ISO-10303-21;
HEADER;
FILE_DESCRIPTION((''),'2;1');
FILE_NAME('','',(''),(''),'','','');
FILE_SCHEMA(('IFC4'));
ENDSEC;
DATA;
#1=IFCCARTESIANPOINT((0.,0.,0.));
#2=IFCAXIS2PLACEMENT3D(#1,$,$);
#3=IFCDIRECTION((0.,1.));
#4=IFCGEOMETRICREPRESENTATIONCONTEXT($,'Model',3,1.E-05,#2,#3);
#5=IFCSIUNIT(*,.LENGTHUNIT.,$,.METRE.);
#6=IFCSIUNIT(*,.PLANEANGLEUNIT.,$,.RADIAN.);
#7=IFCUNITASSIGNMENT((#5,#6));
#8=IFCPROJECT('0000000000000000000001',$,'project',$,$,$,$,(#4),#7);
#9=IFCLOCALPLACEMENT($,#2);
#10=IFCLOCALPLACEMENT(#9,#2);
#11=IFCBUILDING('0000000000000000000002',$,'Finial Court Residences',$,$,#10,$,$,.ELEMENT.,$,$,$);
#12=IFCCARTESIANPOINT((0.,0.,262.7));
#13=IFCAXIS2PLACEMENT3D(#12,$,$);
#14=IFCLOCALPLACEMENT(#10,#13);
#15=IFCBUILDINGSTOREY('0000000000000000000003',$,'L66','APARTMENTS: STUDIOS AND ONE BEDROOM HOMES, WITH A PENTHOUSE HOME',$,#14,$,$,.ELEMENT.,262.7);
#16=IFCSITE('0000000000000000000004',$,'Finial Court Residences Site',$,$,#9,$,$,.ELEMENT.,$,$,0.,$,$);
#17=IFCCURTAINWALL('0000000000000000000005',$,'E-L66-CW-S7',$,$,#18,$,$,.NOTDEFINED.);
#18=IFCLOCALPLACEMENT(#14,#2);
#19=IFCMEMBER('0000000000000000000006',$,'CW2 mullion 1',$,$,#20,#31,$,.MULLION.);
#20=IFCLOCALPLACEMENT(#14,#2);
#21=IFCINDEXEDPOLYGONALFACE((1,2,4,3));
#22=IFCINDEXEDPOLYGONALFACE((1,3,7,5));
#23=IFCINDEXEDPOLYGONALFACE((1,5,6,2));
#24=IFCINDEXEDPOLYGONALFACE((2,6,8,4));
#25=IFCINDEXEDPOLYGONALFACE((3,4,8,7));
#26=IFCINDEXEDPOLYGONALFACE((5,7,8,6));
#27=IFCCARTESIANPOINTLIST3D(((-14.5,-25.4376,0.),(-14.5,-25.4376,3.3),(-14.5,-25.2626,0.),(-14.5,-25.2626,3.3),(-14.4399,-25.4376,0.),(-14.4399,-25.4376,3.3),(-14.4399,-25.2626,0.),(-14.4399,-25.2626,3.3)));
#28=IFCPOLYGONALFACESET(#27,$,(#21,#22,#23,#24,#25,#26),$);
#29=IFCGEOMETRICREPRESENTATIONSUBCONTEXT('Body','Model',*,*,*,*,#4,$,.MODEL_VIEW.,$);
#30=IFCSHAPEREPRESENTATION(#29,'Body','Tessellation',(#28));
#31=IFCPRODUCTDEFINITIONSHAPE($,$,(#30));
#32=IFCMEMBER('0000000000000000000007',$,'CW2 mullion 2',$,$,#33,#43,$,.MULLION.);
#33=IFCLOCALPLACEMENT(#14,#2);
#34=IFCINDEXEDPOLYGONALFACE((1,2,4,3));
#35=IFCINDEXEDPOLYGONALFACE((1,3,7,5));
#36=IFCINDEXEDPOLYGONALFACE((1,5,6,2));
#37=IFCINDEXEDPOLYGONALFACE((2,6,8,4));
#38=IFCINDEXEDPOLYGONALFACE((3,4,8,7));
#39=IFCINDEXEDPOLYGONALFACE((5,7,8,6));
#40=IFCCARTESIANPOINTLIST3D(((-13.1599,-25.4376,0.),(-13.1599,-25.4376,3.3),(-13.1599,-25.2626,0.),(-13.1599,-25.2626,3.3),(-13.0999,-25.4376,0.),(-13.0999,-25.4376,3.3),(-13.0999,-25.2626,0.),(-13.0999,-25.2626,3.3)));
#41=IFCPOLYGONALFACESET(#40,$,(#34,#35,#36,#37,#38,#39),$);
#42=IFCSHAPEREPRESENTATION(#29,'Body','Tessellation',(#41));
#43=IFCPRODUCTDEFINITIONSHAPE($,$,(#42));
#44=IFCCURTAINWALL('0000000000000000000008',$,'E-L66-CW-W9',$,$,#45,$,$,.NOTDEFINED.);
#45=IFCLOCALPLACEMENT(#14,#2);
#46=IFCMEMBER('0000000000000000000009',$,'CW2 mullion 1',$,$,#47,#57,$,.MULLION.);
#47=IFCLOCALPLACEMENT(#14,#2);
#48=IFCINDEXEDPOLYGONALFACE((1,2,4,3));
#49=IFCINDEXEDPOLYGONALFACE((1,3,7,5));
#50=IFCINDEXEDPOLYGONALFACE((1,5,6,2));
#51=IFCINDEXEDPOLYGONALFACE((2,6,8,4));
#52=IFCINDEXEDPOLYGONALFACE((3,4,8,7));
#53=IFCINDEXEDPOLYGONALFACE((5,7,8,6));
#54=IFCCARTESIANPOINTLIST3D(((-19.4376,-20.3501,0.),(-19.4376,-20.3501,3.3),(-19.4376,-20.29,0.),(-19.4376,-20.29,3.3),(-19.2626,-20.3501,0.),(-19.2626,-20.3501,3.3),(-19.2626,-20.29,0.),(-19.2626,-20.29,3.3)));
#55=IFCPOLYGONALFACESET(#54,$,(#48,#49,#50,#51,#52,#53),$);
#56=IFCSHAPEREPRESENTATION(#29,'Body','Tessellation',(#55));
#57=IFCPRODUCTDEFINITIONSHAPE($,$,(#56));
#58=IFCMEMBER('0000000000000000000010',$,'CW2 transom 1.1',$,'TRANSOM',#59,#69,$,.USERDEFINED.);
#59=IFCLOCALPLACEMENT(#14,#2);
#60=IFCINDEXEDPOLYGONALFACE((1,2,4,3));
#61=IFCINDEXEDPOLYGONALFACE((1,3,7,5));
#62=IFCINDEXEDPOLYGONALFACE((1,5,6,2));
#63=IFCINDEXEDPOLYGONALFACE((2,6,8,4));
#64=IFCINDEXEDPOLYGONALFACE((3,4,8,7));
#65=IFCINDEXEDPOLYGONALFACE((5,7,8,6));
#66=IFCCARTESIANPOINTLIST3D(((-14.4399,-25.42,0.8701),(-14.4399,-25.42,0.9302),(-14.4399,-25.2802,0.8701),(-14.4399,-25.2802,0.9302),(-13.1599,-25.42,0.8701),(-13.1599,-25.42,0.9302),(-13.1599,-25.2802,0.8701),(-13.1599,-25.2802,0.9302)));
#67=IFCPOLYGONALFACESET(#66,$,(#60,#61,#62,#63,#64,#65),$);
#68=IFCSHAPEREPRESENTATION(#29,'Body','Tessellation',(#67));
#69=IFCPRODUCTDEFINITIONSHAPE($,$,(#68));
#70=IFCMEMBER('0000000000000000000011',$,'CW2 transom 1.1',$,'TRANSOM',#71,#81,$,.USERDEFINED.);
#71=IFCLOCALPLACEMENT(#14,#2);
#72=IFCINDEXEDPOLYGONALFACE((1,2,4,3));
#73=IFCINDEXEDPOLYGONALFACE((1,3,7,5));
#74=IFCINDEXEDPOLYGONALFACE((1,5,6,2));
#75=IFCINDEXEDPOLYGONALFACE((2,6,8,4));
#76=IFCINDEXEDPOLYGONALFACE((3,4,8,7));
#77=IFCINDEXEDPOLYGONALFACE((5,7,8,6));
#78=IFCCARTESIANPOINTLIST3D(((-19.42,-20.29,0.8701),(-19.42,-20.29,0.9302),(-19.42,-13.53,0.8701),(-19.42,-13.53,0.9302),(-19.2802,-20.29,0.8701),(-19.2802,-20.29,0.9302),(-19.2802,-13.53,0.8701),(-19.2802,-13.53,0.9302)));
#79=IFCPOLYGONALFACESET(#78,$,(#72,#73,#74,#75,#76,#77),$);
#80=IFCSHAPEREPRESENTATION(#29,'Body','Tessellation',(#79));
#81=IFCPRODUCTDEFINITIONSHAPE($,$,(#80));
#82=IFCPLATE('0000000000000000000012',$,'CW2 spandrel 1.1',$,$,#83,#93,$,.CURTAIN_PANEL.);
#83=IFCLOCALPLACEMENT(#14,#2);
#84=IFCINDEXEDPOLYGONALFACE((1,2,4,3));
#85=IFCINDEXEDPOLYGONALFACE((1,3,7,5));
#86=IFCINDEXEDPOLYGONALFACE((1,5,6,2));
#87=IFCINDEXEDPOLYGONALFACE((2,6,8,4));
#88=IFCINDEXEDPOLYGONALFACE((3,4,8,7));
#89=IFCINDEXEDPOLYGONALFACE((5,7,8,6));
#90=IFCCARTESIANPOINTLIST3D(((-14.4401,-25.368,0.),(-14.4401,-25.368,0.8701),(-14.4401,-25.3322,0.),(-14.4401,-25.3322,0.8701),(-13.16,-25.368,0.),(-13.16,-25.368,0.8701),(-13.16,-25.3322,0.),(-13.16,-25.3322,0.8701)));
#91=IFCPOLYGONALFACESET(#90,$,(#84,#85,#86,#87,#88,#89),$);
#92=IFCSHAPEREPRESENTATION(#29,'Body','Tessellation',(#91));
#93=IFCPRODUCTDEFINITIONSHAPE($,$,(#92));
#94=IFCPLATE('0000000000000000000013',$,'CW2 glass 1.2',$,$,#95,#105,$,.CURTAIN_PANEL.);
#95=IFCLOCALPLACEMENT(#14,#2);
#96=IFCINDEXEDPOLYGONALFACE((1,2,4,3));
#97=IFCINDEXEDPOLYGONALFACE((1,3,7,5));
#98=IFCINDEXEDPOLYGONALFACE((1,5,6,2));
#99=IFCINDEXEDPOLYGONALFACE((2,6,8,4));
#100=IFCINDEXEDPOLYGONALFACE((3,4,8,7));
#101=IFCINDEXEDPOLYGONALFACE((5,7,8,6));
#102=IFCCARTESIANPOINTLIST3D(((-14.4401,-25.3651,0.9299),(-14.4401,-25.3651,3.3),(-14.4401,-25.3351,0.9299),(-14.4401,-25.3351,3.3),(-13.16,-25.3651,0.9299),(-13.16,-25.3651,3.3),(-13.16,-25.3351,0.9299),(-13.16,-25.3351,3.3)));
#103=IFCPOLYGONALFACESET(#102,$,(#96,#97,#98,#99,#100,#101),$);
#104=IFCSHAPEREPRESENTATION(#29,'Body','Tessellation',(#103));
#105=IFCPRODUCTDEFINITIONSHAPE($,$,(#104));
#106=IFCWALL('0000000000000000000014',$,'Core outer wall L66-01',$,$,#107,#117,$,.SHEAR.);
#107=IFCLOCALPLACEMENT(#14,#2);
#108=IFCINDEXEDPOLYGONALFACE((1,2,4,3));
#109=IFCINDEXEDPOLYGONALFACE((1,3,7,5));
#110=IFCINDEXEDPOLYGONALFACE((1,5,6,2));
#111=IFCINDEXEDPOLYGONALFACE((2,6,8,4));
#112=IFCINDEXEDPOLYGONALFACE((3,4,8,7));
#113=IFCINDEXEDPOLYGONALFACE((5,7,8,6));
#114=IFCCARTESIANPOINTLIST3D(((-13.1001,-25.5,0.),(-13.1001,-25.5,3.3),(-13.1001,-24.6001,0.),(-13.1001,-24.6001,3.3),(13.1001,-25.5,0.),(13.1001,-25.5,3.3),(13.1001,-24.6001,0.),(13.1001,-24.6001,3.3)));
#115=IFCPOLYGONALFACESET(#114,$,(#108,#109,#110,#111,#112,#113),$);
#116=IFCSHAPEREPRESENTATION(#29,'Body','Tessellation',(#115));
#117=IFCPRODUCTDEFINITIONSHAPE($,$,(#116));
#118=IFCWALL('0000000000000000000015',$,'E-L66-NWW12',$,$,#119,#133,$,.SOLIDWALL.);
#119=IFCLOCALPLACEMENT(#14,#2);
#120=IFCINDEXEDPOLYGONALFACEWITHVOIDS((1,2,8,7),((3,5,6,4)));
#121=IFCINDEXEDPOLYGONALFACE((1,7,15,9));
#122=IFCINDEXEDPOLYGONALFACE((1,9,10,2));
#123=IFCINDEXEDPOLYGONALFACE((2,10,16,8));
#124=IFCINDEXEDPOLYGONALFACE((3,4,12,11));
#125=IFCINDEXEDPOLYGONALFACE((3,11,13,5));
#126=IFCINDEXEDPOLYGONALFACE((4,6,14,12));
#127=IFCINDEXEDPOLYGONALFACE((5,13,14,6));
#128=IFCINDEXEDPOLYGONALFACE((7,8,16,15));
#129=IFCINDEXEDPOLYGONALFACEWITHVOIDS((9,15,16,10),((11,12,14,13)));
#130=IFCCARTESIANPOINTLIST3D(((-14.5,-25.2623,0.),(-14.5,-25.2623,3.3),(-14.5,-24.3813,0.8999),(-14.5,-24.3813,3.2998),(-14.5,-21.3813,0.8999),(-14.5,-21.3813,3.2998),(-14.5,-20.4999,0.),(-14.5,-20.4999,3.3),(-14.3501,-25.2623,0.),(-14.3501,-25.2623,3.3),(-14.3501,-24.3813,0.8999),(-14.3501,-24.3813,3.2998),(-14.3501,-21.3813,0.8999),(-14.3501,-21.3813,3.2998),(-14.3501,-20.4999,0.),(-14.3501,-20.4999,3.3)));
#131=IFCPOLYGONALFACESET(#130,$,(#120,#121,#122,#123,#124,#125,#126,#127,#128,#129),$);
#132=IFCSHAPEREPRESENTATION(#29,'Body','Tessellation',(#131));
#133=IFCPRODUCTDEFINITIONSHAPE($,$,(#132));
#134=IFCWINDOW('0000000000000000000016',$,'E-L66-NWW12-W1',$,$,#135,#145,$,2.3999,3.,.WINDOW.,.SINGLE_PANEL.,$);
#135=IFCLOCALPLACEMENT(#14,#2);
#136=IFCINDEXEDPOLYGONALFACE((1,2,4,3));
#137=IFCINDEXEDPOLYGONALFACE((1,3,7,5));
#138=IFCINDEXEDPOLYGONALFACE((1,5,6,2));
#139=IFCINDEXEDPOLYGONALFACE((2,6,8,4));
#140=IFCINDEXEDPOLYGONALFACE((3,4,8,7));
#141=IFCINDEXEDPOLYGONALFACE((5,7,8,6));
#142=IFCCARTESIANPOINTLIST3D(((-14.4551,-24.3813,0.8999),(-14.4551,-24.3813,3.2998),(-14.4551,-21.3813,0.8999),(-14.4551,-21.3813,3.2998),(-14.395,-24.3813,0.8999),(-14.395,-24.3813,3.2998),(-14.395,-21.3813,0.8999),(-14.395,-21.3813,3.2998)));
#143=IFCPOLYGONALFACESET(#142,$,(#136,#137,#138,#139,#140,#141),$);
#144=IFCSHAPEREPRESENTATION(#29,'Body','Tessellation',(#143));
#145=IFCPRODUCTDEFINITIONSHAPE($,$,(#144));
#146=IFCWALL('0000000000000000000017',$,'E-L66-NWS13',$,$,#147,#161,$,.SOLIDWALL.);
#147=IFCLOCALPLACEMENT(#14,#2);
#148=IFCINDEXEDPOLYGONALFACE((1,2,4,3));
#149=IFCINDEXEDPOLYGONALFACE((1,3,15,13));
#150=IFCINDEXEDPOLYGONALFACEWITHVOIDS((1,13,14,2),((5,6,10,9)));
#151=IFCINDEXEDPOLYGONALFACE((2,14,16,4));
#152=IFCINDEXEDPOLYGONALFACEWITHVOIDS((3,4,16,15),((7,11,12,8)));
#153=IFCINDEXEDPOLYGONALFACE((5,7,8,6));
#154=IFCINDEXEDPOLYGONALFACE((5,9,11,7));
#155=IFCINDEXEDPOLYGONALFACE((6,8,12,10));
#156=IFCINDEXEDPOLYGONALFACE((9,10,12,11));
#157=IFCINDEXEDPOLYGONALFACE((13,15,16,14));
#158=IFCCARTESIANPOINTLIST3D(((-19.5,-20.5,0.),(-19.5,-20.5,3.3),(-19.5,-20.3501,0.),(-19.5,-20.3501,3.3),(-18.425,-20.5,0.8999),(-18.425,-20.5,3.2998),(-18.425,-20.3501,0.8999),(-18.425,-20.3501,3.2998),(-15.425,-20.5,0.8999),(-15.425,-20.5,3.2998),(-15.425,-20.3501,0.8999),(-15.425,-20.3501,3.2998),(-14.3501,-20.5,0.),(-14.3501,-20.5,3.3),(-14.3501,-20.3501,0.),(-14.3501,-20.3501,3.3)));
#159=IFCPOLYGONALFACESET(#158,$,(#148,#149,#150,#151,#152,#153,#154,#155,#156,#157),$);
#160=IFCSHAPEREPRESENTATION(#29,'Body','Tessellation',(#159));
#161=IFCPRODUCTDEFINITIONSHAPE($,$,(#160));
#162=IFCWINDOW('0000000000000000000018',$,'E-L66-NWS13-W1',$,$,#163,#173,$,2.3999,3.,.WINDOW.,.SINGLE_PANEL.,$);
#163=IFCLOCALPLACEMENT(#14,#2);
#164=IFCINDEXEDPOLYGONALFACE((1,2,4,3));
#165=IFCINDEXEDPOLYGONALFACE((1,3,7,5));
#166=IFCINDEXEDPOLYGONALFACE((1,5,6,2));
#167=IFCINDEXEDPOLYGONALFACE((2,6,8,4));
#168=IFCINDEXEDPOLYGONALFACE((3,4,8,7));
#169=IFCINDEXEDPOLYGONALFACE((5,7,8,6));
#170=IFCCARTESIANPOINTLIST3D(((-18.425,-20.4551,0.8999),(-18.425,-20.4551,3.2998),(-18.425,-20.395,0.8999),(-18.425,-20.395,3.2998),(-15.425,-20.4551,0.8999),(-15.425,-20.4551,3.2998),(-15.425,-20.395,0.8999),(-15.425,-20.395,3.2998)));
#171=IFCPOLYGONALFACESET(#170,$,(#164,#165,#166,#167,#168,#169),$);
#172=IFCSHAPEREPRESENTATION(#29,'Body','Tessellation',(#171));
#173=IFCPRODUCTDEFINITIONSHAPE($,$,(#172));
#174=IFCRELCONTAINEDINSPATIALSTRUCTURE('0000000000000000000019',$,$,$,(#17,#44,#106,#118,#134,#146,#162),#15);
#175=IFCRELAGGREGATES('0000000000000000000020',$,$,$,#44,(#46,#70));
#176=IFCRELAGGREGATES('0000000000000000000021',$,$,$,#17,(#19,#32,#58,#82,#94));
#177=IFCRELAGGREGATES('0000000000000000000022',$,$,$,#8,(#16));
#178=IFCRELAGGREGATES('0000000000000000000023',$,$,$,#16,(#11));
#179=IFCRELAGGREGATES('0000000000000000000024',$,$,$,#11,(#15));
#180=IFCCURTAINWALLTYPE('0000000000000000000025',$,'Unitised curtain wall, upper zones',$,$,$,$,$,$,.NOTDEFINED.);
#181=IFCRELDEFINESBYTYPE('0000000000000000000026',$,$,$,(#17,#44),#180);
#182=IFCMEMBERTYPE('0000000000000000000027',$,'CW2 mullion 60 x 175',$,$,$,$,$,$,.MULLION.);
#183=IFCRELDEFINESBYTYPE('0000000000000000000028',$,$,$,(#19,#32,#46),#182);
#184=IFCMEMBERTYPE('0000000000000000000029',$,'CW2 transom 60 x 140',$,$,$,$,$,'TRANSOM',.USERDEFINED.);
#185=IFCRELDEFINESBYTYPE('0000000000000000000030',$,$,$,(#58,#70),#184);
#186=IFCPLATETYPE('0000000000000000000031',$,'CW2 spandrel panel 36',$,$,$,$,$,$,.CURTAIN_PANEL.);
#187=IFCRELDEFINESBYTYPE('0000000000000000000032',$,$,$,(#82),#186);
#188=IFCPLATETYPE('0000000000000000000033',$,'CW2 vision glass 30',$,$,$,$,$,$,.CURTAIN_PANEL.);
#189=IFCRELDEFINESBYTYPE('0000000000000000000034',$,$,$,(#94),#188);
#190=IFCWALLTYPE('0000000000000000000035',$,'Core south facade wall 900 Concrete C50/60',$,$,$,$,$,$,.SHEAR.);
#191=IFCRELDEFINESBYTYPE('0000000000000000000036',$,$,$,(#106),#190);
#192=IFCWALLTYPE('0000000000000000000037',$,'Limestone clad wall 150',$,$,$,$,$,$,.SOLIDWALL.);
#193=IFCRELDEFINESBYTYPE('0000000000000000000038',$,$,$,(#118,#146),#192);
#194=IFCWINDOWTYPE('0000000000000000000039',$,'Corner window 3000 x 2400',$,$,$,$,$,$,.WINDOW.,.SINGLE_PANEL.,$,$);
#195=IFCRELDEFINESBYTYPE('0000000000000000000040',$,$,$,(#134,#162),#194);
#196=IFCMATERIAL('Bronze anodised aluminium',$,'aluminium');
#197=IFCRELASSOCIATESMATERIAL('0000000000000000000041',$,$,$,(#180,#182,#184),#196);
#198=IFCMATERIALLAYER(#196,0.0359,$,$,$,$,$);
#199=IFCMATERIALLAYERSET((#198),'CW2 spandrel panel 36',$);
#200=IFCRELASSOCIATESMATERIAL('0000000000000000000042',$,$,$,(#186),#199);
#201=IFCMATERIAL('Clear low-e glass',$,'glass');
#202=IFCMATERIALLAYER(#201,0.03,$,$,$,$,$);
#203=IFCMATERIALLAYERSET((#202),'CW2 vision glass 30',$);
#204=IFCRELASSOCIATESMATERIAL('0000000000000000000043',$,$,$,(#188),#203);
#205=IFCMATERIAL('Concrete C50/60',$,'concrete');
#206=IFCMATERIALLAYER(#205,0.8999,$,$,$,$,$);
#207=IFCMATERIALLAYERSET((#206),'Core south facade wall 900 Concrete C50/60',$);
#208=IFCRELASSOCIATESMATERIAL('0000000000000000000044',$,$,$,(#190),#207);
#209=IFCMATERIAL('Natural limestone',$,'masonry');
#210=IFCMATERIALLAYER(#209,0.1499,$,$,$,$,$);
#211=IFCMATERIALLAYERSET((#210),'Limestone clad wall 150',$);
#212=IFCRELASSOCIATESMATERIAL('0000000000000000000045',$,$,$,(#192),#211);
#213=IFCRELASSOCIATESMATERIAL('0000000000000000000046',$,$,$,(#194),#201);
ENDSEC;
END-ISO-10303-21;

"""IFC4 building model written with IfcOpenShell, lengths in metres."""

from ifc_helpers import new_model, si_unit, direction, frame, frame_2d, origin, origin_2d, place, context, subcontext, project, spatial, rectangle, extrude, material, layer, layer_set, material_profile, profile_set, type_object, element, fill, aggregate, save


model = new_model("IFC4")

# Units and contexts
model_context = context("Model", 3, precision=1e-05, world=origin(), true_north=direction((0.0, 1.0)))
body_context = subcontext(model_context, "Body", "Model", "MODEL_VIEW")
ifc_project = project(units=[si_unit("LENGTHUNIT", "METRE"), si_unit("PLANEANGLEUNIT", "RADIAN")], contexts=[model_context])

# Site, building, storey
site_placement = place(None, origin())
site = spatial("IfcSite", under=ifc_project, at=site_placement, Name="Finial Court Residences Site", CompositionType="ELEMENT", RefElevation=0.0)
building_placement = place(site_placement, origin())
building = spatial("IfcBuilding", under=site, at=building_placement, Name="Finial Court Residences", CompositionType="ELEMENT")
storey_placement = place(building_placement, frame((0.0, 0.0, 262.7)))
storey = spatial("IfcBuildingStorey", under=building, at=storey_placement, Name="L66", Description="APARTMENTS: STUDIOS AND ONE BEDROOM HOMES, WITH A PENTHOUSE HOME", CompositionType="ELEMENT", Elevation=262.7)

# Curtain wall, members
ifc_material_1 = material(Name="Bronze anodised aluminium", Category="aluminium")
curtain_wall_type = type_object("IfcCurtainWallType", Name="Unitised curtain wall, upper zones", PredefinedType="NOTDEFINED", material=ifc_material_1)
curtain_wall_1_placement = place(storey_placement, origin())
curtain_wall_1 = element("IfcCurtainWall", 1, at=curtain_wall_1_placement, inside=storey, type_object=curtain_wall_type, Name="E-L66-CW-S7", PredefinedType="NOTDEFINED")
ifc_material_profile_1 = material_profile(ifc_material_1, rectangle(XDim=0.175, YDim=0.0601, at=origin_2d()), Name="CW2 mullion 60 x 175")
ifc_profile_set_1 = profile_set([ifc_material_profile_1], Name="Bronze anodised aluminium")
member_type_1 = type_object("IfcMemberType", Name="CW2 mullion 60 x 175", PredefinedType="MULLION", material=ifc_profile_set_1)
member_1_placement = place(storey_placement, frame((-14.47, -25.3501, 0.0), z_axis=(0.0, 0.0, 1.0), x_axis=(0.0, 1.0, 0.0)))
member_1 = element("IfcMember", 2, at=member_1_placement, type_object=member_type_1, Name="CW2 mullion 1", PredefinedType="MULLION", context=body_context, shape_type="SweptSolid", body=[
    extrude(rectangle(XDim=0.175, YDim=0.0601, at=origin_2d()), origin(), (0.0, 0.0, 1.0), 3.3),
])
member_2_placement = place(storey_placement, frame((-13.1299, -25.3501, 0.0), z_axis=(0.0, 0.0, 1.0), x_axis=(0.0, 1.0, 0.0)))
member_2 = element("IfcMember", 3, at=member_2_placement, type_object=member_type_1, Name="CW2 mullion 2", PredefinedType="MULLION", context=body_context, shape_type="SweptSolid", body=[
    extrude(rectangle(XDim=0.175, YDim=0.0601, at=origin_2d()), origin(), (0.0, 0.0, 1.0), 3.3),
])

# Curtain wall, member
curtain_wall_2_placement = place(storey_placement, origin())
curtain_wall_2 = element("IfcCurtainWall", 4, at=curtain_wall_2_placement, inside=storey, type_object=curtain_wall_type, Name="E-L66-CW-W9", PredefinedType="NOTDEFINED")
member_3_placement = place(storey_placement, frame((-19.3501, -20.3201, 0.0), z_axis=(0.0, 0.0, 1.0), x_axis=(-1.0, 0.0, 0.0)))
member_3 = element("IfcMember", 5, at=member_3_placement, type_object=member_type_1, Name="CW2 mullion 1", PredefinedType="MULLION", context=body_context, shape_type="SweptSolid", body=[
    extrude(rectangle(XDim=0.175, YDim=0.0601, at=origin_2d()), origin(), (0.0, 0.0, 1.0), 3.3),
])

# Members
ifc_material_profile_2 = material_profile(ifc_material_1, rectangle(XDim=0.1399, YDim=0.0601, at=origin_2d()), Name="CW2 transom 60 x 140")
ifc_profile_set_2 = profile_set([ifc_material_profile_2], Name="Bronze anodised aluminium")
member_type_2 = type_object("IfcMemberType", Name="CW2 transom 60 x 140", ElementType="TRANSOM", PredefinedType="USERDEFINED", material=ifc_profile_set_2)
member_4_placement = place(storey_placement, frame((-14.4399, -25.3501, 0.9001), z_axis=(1.0, 0.0, 0.0), x_axis=(0.0, 1.0, 0.0)))
member_4 = element("IfcMember", 6, at=member_4_placement, type_object=member_type_2, Name="CW2 transom 1.1", ObjectType="TRANSOM", PredefinedType="USERDEFINED", context=body_context, shape_type="SweptSolid", body=[
    extrude(rectangle(XDim=0.1399, YDim=0.0601, at=origin_2d()), origin(), (0.0, 0.0, 1.0), 1.28),
])
member_5_placement = place(storey_placement, frame((-19.3501, -20.29, 0.9001), z_axis=(0.0, 1.0, 0.0), x_axis=(-1.0, 0.0, 0.0)))
member_5 = element("IfcMember", 7, at=member_5_placement, type_object=member_type_2, Name="CW2 transom 1.1", ObjectType="TRANSOM", PredefinedType="USERDEFINED", context=body_context, shape_type="SweptSolid", body=[
    extrude(rectangle(XDim=0.1399, YDim=0.0601, at=origin_2d()), origin(), (0.0, 0.0, 1.0), 6.76),
])
aggregate(curtain_wall_2, [member_3, member_5])

# Plates
ifc_layer_1 = layer(ifc_material_1, 0.0359)
ifc_layer_set_1 = layer_set([ifc_layer_1], Name="CW2 spandrel panel 36")
plate_type_1 = type_object("IfcPlateType", Name="CW2 spandrel panel 36", PredefinedType="CURTAIN_PANEL", material=ifc_layer_set_1)
plate_1_placement = place(storey_placement, frame((-13.8, -25.3501, 0.0), z_axis=(0.0, 0.0, 1.0), x_axis=(1.0, 0.0, 0.0)))
plate_1 = element("IfcPlate", 8, at=plate_1_placement, type_object=plate_type_1, Name="CW2 spandrel 1.1", PredefinedType="CURTAIN_PANEL", context=body_context, shape_type="SweptSolid", body=[
    extrude(rectangle(XDim=1.28, YDim=0.0359, at=origin_2d()), origin(), (0.0, 0.0, 1.0), 0.8701),
])
ifc_material_2 = material(Name="Clear low-e glass", Category="glass")
ifc_layer_2 = layer(ifc_material_2, 0.03)
ifc_layer_set_2 = layer_set([ifc_layer_2], Name="CW2 vision glass 30")
plate_type_2 = type_object("IfcPlateType", Name="CW2 vision glass 30", PredefinedType="CURTAIN_PANEL", material=ifc_layer_set_2)
plate_2_placement = place(storey_placement, frame((-13.8, -25.3501, 0.9299), z_axis=(0.0, 0.0, 1.0), x_axis=(1.0, 0.0, 0.0)))
plate_2 = element("IfcPlate", 9, at=plate_2_placement, type_object=plate_type_2, Name="CW2 glass 1.2", PredefinedType="CURTAIN_PANEL", context=body_context, shape_type="SweptSolid", body=[
    extrude(rectangle(XDim=1.28, YDim=0.03, at=origin_2d()), origin(), (0.0, 0.0, 1.0), 2.3701),
])
aggregate(curtain_wall_1, [member_1, member_2, member_4, plate_1, plate_2])

# Wall
ifc_material_3 = material(Name="Concrete C50/60", Category="concrete")
ifc_layer_3 = layer(ifc_material_3, 0.8999)
ifc_layer_set_3 = layer_set([ifc_layer_3], Name="Core south facade wall 900 Concrete C50/60")
wall_type_1 = type_object("IfcWallType", Name="Core south facade wall 900 Concrete C50/60", PredefinedType="SHEAR", material=ifc_layer_set_3)
wall_1_placement = place(storey_placement, frame((-13.1001, -25.05, 0.0), z_axis=(0.0, 0.0, 1.0), x_axis=(1.0, 0.0, 0.0)))
element("IfcWall", 10, at=wall_1_placement, inside=storey, type_object=wall_type_1, Name="Core outer wall L66-01", PredefinedType="SHEAR", context=body_context, shape_type="SweptSolid", body=[
    extrude(rectangle(XDim=26.2002, YDim=0.8999, at=frame_2d((13.1001, 0.0))), origin(), (0.0, 0.0, 1.0), 3.3),
])

# Walls, openings, windows
ifc_material_4 = material(Name="Natural limestone", Category="masonry")
ifc_layer_4 = layer(ifc_material_4, 0.1499)
ifc_layer_set_4 = layer_set([ifc_layer_4], Name="Limestone clad wall 150")
wall_type_2 = type_object("IfcWallType", Name="Limestone clad wall 150", PredefinedType="SOLIDWALL", material=ifc_layer_set_4)
wall_2_placement = place(storey_placement, frame((-14.425, -25.2625, 0.0), z_axis=(0.0, 0.0, 1.0), x_axis=(0.0, 1.0, 0.0)))
wall_2 = element("IfcWall", 11, at=wall_2_placement, inside=storey, type_object=wall_type_2, Name="E-L66-NWW12", PredefinedType="SOLIDWALL", context=body_context, shape_type="SweptSolid", body=[
    extrude(rectangle(XDim=4.7625, YDim=0.1499, at=frame_2d((2.3813, 0.0))), origin(), (0.0, 0.0, 1.0), 3.3),
])
opening_1_placement = place(wall_2_placement, frame((0.8811, 0.0, 0.8999)))
opening_1 = element("IfcOpeningElement", 12, at=opening_1_placement, cuts=wall_2, PredefinedType="OPENING", context=body_context, shape_type="SweptSolid", body=[
    extrude(rectangle(XDim=3.0, YDim=2.3999, at=frame_2d((1.5, 1.2))), frame((0.0, 0.085, 0.0), z_axis=(0.0, -1.0, 0.0), x_axis=(1.0, 0.0, 0.0)), (0.0, 0.0, 1.0), 0.1699),
])
window_type = type_object("IfcWindowType", Name="Corner window 3000 x 2400", PartitioningType="SINGLE_PANEL", PredefinedType="WINDOW", material=ifc_material_2)
window_1_placement = place(opening_1_placement, origin())
window_1 = element("IfcWindow", 13, at=window_1_placement, inside=storey, type_object=window_type, Name="E-L66-NWW12-W1", OverallHeight=2.3999, OverallWidth=3.0, PartitioningType="SINGLE_PANEL", PredefinedType="WINDOW", context=body_context, shape_type="SweptSolid", body=[
    extrude(rectangle(XDim=3.0, YDim=2.3999, at=frame_2d((1.5, 1.2))), frame((0.0, 0.03, 0.0), z_axis=(0.0, -1.0, 0.0), x_axis=(1.0, 0.0, 0.0)), (0.0, 0.0, 1.0), 0.0601),
])
fill(opening_1, window_1)
wall_3_placement = place(storey_placement, frame((-14.3501, -20.425, 0.0), z_axis=(0.0, 0.0, 1.0), x_axis=(-1.0, 0.0, 0.0)))
wall_3 = element("IfcWall", 14, at=wall_3_placement, inside=storey, type_object=wall_type_2, Name="E-L66-NWS13", PredefinedType="SOLIDWALL", context=body_context, shape_type="SweptSolid", body=[
    extrude(rectangle(XDim=5.1499, YDim=0.1499, at=frame_2d((2.575, 0.0))), origin(), (0.0, 0.0, 1.0), 3.3),
])
opening_2_placement = place(wall_3_placement, frame((1.075, 0.0, 0.8999)))
opening_2 = element("IfcOpeningElement", 15, at=opening_2_placement, cuts=wall_3, PredefinedType="OPENING", context=body_context, shape_type="SweptSolid", body=[
    extrude(rectangle(XDim=3.0, YDim=2.3999, at=frame_2d((1.5, 1.2))), frame((0.0, 0.085, 0.0), z_axis=(0.0, -1.0, 0.0), x_axis=(1.0, 0.0, 0.0)), (0.0, 0.0, 1.0), 0.1699),
])
window_2_placement = place(opening_2_placement, origin())
window_2 = element("IfcWindow", 16, at=window_2_placement, inside=storey, type_object=window_type, Name="E-L66-NWS13-W1", OverallHeight=2.3999, OverallWidth=3.0, PartitioningType="SINGLE_PANEL", PredefinedType="WINDOW", context=body_context, shape_type="SweptSolid", body=[
    extrude(rectangle(XDim=3.0, YDim=2.3999, at=frame_2d((1.5, 1.2))), frame((0.0, 0.03, 0.0), z_axis=(0.0, -1.0, 0.0), x_axis=(1.0, 0.0, 0.0)), (0.0, 0.0, 1.0), 0.0601),
])
fill(opening_2, window_2)

save(model, "model.ifc")
